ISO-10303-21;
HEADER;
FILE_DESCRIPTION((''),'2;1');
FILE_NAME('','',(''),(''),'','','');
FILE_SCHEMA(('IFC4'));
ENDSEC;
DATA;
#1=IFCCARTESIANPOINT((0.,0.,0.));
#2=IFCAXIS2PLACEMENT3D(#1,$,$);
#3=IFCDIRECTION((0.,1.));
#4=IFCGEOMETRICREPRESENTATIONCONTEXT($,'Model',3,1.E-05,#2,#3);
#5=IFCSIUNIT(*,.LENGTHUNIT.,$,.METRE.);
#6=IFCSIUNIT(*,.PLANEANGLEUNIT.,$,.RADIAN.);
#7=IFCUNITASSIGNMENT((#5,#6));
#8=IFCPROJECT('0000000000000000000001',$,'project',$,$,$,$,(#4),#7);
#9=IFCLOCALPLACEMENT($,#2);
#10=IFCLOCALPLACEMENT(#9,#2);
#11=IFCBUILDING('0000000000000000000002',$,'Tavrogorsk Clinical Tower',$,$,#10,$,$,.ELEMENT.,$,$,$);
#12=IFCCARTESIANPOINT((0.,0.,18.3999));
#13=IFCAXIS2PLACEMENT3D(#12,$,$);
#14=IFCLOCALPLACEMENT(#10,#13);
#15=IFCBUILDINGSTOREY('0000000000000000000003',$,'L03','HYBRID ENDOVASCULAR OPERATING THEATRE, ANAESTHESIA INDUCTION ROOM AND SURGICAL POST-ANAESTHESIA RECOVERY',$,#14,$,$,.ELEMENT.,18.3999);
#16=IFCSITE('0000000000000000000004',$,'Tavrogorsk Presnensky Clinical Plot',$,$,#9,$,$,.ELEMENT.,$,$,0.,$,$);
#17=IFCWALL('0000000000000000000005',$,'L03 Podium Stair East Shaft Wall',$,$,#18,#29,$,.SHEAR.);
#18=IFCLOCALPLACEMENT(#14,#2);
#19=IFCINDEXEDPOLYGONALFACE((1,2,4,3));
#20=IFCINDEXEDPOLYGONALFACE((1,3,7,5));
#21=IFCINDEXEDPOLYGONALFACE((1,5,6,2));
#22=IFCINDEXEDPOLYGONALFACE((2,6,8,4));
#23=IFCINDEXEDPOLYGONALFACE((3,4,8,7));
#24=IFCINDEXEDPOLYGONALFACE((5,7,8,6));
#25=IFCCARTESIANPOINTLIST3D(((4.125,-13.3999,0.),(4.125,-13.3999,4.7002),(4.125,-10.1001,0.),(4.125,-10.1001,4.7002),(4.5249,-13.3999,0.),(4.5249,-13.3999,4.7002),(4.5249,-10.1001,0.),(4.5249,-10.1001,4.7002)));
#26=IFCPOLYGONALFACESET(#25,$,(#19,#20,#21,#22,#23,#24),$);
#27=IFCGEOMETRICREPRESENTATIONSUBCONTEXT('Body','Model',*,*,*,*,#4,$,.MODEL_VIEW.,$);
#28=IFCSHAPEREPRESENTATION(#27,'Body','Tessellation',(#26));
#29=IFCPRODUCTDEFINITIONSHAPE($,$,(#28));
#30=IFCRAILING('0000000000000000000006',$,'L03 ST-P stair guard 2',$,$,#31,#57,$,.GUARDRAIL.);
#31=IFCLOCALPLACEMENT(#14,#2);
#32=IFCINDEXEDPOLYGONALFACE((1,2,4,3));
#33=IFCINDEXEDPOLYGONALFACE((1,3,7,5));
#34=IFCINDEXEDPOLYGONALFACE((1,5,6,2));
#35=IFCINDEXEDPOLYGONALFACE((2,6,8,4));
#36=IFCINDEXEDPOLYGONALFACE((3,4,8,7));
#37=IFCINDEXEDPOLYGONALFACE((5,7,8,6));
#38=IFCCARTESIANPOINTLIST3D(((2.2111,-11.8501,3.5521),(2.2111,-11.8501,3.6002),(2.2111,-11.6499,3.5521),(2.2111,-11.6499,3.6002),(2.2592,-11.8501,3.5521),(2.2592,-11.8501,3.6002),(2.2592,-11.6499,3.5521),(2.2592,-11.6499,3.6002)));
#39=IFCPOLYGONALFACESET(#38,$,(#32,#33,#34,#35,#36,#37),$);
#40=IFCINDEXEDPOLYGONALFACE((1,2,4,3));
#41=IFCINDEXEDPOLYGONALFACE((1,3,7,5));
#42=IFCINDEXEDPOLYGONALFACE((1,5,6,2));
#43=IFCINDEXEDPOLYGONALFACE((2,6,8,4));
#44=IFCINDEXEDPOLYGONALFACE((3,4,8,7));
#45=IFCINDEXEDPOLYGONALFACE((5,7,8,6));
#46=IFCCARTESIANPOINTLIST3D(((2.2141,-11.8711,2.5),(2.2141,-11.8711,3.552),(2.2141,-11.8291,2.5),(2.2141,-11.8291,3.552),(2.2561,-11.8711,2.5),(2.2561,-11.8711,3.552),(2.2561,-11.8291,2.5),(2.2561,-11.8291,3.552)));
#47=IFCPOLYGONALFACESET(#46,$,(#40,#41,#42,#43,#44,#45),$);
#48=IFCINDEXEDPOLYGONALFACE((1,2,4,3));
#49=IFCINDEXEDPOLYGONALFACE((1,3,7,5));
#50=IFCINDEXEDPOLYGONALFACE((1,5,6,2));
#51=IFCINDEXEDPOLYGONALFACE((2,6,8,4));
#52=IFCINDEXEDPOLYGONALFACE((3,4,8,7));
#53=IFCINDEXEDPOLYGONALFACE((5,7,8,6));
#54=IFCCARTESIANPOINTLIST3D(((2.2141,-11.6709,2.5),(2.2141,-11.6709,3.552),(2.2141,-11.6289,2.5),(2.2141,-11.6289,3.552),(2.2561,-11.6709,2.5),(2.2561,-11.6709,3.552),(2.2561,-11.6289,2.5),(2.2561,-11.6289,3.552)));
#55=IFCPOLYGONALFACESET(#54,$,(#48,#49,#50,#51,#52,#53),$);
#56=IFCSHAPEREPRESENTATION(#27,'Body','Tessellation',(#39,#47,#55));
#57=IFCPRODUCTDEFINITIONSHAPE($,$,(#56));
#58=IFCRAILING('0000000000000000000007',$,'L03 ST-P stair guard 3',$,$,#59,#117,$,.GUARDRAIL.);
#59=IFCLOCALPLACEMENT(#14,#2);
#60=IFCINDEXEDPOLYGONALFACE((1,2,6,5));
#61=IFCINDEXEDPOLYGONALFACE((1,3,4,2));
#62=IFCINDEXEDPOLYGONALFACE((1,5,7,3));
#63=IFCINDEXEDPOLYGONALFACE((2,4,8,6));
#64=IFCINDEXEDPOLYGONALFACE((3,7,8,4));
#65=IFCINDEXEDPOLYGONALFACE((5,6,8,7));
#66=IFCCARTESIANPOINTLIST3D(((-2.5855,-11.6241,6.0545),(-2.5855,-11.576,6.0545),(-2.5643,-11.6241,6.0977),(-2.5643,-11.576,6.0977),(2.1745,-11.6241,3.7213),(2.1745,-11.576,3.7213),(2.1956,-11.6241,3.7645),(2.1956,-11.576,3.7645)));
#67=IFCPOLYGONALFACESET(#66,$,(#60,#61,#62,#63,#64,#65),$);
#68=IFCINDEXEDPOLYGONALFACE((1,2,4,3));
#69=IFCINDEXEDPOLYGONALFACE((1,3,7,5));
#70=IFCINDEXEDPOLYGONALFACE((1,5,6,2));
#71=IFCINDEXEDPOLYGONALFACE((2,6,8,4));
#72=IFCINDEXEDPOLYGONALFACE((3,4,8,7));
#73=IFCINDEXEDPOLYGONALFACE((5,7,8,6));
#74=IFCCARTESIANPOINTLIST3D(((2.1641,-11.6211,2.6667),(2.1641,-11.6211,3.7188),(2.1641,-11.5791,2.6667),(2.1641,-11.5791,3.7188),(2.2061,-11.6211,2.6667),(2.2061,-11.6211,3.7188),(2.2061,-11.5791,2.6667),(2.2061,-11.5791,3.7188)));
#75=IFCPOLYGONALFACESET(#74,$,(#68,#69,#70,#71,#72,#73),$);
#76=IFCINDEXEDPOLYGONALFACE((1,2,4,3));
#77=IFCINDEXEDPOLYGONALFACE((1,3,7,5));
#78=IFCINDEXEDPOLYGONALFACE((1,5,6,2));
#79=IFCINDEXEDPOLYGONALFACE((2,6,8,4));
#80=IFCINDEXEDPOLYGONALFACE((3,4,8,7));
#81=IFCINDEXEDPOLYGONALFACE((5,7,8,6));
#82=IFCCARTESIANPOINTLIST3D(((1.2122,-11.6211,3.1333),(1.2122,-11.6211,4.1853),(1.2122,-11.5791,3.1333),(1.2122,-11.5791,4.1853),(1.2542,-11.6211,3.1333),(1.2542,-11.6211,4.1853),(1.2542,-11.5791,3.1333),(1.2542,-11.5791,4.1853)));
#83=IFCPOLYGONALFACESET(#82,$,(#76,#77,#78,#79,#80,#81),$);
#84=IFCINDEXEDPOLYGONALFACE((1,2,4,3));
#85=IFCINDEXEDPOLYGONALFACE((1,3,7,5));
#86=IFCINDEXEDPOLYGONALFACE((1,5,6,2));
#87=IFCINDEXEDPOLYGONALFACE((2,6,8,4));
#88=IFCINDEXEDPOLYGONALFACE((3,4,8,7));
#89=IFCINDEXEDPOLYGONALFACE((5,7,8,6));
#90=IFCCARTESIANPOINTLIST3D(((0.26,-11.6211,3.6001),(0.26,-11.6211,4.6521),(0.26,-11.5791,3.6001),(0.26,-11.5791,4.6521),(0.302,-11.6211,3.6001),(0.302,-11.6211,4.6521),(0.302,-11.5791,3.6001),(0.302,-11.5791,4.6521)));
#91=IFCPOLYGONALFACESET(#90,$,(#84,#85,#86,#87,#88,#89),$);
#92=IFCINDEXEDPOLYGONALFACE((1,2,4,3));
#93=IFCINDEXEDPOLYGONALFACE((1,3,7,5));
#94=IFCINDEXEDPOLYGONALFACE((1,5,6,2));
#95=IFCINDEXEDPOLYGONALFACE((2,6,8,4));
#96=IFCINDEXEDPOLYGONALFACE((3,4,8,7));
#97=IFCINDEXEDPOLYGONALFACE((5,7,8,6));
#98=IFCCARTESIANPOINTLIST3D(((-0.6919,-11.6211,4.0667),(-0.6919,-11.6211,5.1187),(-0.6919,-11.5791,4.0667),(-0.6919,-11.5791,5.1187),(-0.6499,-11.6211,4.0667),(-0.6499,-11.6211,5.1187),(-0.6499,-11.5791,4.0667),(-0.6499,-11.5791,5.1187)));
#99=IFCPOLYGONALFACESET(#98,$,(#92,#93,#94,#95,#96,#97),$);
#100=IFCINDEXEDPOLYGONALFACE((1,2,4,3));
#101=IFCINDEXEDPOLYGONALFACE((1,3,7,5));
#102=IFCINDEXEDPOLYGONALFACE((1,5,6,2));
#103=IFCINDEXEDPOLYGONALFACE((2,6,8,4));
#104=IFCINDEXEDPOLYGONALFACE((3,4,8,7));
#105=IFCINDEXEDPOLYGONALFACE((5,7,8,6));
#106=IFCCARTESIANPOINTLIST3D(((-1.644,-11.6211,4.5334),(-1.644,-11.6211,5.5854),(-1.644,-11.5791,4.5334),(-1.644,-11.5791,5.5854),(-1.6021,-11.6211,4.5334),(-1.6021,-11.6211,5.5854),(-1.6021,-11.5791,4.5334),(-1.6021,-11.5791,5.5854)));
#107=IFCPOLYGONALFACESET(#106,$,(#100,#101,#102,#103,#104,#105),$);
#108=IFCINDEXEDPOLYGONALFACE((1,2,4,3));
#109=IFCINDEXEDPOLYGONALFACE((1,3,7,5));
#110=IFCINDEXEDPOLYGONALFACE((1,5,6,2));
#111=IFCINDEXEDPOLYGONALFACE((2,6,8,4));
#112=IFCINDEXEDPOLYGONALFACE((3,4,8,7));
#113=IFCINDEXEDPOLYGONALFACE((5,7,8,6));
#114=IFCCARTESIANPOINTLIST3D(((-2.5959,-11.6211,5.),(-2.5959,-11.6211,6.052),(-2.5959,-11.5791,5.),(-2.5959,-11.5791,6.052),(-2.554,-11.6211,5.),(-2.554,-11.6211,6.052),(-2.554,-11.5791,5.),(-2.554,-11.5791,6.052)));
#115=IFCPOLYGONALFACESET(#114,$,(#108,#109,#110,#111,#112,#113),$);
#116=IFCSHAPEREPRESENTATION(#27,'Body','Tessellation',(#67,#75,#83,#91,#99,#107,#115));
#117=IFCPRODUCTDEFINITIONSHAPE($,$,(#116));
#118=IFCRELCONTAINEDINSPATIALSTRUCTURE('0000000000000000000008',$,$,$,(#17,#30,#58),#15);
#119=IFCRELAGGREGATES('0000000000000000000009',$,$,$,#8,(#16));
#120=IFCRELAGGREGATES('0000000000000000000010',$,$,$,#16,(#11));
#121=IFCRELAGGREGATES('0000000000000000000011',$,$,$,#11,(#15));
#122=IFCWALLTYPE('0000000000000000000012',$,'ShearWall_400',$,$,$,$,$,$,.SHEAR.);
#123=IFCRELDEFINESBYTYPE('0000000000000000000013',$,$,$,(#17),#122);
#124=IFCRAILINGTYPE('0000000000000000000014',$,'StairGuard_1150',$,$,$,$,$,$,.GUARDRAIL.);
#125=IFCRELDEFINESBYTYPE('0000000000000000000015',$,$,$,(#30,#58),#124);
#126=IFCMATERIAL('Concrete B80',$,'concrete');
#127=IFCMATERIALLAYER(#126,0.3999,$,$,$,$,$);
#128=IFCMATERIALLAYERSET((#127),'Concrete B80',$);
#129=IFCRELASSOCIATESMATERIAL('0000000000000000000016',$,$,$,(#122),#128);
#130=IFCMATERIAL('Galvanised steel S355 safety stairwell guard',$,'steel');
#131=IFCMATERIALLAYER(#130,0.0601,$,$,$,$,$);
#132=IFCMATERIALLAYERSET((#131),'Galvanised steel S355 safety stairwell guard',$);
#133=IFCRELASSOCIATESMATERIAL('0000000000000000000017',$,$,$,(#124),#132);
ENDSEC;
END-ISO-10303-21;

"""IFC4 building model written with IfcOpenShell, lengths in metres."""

from ifc_helpers import new_model, si_unit, direction, frame, frame_2d, origin, origin_2d, place, context, subcontext, project, spatial, rectangle, extrude, material, layer, layer_set, type_object, element, save


model = new_model("IFC4")

# Units and contexts
model_context = context("Model", 3, precision=1e-05, world=origin(), true_north=direction((0.0, 1.0)))
body_context = subcontext(model_context, "Body", "Model", "MODEL_VIEW")
ifc_project = project(units=[si_unit("LENGTHUNIT", "METRE"), si_unit("PLANEANGLEUNIT", "RADIAN")], contexts=[model_context])

# Site, building, storey
site_placement = place(None, origin())
site = spatial("IfcSite", under=ifc_project, at=site_placement, Name="Tavrogorsk Presnensky Clinical Plot", CompositionType="ELEMENT", RefElevation=0.0)
building_placement = place(site_placement, origin())
building = spatial("IfcBuilding", under=site, at=building_placement, Name="Tavrogorsk Clinical Tower", CompositionType="ELEMENT")
storey_placement = place(building_placement, frame((0.0, 0.0, 18.3999)))
storey = spatial("IfcBuildingStorey", under=building, at=storey_placement, Name="L03", Description="HYBRID ENDOVASCULAR OPERATING THEATRE, ANAESTHESIA INDUCTION ROOM AND SURGICAL POST-ANAESTHESIA RECOVERY", CompositionType="ELEMENT", Elevation=18.3999)

# Wall
ifc_material_1 = material(Name="Concrete B80", Category="concrete")
ifc_layer_1 = layer(ifc_material_1, 0.3999)
ifc_layer_set_1 = layer_set([ifc_layer_1], Name="Concrete B80")
wall_type_1 = type_object("IfcWallType", Name="ShearWall_400", PredefinedType="SHEAR", material=ifc_layer_set_1)
wall_1_placement = place(storey_placement, frame((4.325, -13.3999, 0.0), z_axis=(0.0, 0.0, 1.0), x_axis=(0.0, 1.0, 0.0)))
element("IfcWall", 1, at=wall_1_placement, inside=storey, type_object=wall_type_1, Name="L03 Podium Stair East Shaft Wall", PredefinedType="SHEAR", context=body_context, shape_type="SweptSolid", body=[
    extrude(rectangle(XDim=3.2998, YDim=0.3999, at=frame_2d((1.6499, 0.0))), origin(), (0.0, 0.0, 1.0), 4.7002),
])

# Railings
ifc_material_2 = material(Name="Galvanised steel S355 safety stairwell guard", Category="steel")
ifc_layer_2 = layer(ifc_material_2, 0.0601)
ifc_layer_set_2 = layer_set([ifc_layer_2], Name="Galvanised steel S355 safety stairwell guard")
railing_type = type_object("IfcRailingType", Name="StairGuard_1150", PredefinedType="GUARDRAIL", material=ifc_layer_set_2)
railing_1_placement = place(storey_placement, frame((2.2351, -11.8501, 2.5)))
element("IfcRailing", 2, at=railing_1_placement, inside=storey, type_object=railing_type, Name="L03 ST-P stair guard 2", PredefinedType="GUARDRAIL", context=body_context, shape_type="SweptSolid", body=[
    extrude(rectangle(XDim=0.0481, YDim=0.0481, at=origin_2d()), frame((0.0, 0.0, 1.0762), z_axis=(0.0, 1.0, 0.0), x_axis=(-1.0, 0.0, 0.0)), (0.0, 0.0, 1.0), 0.2002),
    extrude(rectangle(XDim=0.042, YDim=0.042, at=origin_2d()), origin(), (0.0, 0.0, 1.0), 1.052),
    extrude(rectangle(XDim=0.042, YDim=0.042, at=origin_2d()), frame((0.0, 0.2002, 0.0)), (0.0, 0.0, 1.0), 1.052),
])
railing_2_placement = place(storey_placement, frame((2.1851, -11.6001, 2.6667)))
element("IfcRailing", 3, at=railing_2_placement, inside=storey, type_object=railing_type, Name="L03 ST-P stair guard 3", PredefinedType="GUARDRAIL", context=body_context, shape_type="SweptSolid", body=[
    extrude(rectangle(XDim=0.0481, YDim=0.0481, at=origin_2d()), frame((0.0, 0.0, 1.0762), z_axis=(-0.897927, 0.0, 0.440144), x_axis=(0.0, -1.0, 0.0)), (0.0, 0.0, 1.0), 5.301),
    extrude(rectangle(XDim=0.042, YDim=0.042, at=origin_2d()), origin(), (0.0, 0.0, 1.0), 1.052),
    extrude(rectangle(XDim=0.042, YDim=0.042, at=origin_2d()), frame((-0.9519, 0.0, 0.4666)), (0.0, 0.0, 1.0), 1.052),
    extrude(rectangle(XDim=0.042, YDim=0.042, at=origin_2d()), frame((-1.9041, 0.0, 0.9333)), (0.0, 0.0, 1.0), 1.052),
    extrude(rectangle(XDim=0.042, YDim=0.042, at=origin_2d()), frame((-2.856, 0.0, 1.3999)), (0.0, 0.0, 1.0), 1.052),
    extrude(rectangle(XDim=0.042, YDim=0.042, at=origin_2d()), frame((-3.8081, 0.0, 1.8667)), (0.0, 0.0, 1.0), 1.052),
    extrude(rectangle(XDim=0.042, YDim=0.042, at=origin_2d()), frame((-4.76, 0.0, 2.3333)), (0.0, 0.0, 1.0), 1.052),
])

save(model, "model.ifc")
